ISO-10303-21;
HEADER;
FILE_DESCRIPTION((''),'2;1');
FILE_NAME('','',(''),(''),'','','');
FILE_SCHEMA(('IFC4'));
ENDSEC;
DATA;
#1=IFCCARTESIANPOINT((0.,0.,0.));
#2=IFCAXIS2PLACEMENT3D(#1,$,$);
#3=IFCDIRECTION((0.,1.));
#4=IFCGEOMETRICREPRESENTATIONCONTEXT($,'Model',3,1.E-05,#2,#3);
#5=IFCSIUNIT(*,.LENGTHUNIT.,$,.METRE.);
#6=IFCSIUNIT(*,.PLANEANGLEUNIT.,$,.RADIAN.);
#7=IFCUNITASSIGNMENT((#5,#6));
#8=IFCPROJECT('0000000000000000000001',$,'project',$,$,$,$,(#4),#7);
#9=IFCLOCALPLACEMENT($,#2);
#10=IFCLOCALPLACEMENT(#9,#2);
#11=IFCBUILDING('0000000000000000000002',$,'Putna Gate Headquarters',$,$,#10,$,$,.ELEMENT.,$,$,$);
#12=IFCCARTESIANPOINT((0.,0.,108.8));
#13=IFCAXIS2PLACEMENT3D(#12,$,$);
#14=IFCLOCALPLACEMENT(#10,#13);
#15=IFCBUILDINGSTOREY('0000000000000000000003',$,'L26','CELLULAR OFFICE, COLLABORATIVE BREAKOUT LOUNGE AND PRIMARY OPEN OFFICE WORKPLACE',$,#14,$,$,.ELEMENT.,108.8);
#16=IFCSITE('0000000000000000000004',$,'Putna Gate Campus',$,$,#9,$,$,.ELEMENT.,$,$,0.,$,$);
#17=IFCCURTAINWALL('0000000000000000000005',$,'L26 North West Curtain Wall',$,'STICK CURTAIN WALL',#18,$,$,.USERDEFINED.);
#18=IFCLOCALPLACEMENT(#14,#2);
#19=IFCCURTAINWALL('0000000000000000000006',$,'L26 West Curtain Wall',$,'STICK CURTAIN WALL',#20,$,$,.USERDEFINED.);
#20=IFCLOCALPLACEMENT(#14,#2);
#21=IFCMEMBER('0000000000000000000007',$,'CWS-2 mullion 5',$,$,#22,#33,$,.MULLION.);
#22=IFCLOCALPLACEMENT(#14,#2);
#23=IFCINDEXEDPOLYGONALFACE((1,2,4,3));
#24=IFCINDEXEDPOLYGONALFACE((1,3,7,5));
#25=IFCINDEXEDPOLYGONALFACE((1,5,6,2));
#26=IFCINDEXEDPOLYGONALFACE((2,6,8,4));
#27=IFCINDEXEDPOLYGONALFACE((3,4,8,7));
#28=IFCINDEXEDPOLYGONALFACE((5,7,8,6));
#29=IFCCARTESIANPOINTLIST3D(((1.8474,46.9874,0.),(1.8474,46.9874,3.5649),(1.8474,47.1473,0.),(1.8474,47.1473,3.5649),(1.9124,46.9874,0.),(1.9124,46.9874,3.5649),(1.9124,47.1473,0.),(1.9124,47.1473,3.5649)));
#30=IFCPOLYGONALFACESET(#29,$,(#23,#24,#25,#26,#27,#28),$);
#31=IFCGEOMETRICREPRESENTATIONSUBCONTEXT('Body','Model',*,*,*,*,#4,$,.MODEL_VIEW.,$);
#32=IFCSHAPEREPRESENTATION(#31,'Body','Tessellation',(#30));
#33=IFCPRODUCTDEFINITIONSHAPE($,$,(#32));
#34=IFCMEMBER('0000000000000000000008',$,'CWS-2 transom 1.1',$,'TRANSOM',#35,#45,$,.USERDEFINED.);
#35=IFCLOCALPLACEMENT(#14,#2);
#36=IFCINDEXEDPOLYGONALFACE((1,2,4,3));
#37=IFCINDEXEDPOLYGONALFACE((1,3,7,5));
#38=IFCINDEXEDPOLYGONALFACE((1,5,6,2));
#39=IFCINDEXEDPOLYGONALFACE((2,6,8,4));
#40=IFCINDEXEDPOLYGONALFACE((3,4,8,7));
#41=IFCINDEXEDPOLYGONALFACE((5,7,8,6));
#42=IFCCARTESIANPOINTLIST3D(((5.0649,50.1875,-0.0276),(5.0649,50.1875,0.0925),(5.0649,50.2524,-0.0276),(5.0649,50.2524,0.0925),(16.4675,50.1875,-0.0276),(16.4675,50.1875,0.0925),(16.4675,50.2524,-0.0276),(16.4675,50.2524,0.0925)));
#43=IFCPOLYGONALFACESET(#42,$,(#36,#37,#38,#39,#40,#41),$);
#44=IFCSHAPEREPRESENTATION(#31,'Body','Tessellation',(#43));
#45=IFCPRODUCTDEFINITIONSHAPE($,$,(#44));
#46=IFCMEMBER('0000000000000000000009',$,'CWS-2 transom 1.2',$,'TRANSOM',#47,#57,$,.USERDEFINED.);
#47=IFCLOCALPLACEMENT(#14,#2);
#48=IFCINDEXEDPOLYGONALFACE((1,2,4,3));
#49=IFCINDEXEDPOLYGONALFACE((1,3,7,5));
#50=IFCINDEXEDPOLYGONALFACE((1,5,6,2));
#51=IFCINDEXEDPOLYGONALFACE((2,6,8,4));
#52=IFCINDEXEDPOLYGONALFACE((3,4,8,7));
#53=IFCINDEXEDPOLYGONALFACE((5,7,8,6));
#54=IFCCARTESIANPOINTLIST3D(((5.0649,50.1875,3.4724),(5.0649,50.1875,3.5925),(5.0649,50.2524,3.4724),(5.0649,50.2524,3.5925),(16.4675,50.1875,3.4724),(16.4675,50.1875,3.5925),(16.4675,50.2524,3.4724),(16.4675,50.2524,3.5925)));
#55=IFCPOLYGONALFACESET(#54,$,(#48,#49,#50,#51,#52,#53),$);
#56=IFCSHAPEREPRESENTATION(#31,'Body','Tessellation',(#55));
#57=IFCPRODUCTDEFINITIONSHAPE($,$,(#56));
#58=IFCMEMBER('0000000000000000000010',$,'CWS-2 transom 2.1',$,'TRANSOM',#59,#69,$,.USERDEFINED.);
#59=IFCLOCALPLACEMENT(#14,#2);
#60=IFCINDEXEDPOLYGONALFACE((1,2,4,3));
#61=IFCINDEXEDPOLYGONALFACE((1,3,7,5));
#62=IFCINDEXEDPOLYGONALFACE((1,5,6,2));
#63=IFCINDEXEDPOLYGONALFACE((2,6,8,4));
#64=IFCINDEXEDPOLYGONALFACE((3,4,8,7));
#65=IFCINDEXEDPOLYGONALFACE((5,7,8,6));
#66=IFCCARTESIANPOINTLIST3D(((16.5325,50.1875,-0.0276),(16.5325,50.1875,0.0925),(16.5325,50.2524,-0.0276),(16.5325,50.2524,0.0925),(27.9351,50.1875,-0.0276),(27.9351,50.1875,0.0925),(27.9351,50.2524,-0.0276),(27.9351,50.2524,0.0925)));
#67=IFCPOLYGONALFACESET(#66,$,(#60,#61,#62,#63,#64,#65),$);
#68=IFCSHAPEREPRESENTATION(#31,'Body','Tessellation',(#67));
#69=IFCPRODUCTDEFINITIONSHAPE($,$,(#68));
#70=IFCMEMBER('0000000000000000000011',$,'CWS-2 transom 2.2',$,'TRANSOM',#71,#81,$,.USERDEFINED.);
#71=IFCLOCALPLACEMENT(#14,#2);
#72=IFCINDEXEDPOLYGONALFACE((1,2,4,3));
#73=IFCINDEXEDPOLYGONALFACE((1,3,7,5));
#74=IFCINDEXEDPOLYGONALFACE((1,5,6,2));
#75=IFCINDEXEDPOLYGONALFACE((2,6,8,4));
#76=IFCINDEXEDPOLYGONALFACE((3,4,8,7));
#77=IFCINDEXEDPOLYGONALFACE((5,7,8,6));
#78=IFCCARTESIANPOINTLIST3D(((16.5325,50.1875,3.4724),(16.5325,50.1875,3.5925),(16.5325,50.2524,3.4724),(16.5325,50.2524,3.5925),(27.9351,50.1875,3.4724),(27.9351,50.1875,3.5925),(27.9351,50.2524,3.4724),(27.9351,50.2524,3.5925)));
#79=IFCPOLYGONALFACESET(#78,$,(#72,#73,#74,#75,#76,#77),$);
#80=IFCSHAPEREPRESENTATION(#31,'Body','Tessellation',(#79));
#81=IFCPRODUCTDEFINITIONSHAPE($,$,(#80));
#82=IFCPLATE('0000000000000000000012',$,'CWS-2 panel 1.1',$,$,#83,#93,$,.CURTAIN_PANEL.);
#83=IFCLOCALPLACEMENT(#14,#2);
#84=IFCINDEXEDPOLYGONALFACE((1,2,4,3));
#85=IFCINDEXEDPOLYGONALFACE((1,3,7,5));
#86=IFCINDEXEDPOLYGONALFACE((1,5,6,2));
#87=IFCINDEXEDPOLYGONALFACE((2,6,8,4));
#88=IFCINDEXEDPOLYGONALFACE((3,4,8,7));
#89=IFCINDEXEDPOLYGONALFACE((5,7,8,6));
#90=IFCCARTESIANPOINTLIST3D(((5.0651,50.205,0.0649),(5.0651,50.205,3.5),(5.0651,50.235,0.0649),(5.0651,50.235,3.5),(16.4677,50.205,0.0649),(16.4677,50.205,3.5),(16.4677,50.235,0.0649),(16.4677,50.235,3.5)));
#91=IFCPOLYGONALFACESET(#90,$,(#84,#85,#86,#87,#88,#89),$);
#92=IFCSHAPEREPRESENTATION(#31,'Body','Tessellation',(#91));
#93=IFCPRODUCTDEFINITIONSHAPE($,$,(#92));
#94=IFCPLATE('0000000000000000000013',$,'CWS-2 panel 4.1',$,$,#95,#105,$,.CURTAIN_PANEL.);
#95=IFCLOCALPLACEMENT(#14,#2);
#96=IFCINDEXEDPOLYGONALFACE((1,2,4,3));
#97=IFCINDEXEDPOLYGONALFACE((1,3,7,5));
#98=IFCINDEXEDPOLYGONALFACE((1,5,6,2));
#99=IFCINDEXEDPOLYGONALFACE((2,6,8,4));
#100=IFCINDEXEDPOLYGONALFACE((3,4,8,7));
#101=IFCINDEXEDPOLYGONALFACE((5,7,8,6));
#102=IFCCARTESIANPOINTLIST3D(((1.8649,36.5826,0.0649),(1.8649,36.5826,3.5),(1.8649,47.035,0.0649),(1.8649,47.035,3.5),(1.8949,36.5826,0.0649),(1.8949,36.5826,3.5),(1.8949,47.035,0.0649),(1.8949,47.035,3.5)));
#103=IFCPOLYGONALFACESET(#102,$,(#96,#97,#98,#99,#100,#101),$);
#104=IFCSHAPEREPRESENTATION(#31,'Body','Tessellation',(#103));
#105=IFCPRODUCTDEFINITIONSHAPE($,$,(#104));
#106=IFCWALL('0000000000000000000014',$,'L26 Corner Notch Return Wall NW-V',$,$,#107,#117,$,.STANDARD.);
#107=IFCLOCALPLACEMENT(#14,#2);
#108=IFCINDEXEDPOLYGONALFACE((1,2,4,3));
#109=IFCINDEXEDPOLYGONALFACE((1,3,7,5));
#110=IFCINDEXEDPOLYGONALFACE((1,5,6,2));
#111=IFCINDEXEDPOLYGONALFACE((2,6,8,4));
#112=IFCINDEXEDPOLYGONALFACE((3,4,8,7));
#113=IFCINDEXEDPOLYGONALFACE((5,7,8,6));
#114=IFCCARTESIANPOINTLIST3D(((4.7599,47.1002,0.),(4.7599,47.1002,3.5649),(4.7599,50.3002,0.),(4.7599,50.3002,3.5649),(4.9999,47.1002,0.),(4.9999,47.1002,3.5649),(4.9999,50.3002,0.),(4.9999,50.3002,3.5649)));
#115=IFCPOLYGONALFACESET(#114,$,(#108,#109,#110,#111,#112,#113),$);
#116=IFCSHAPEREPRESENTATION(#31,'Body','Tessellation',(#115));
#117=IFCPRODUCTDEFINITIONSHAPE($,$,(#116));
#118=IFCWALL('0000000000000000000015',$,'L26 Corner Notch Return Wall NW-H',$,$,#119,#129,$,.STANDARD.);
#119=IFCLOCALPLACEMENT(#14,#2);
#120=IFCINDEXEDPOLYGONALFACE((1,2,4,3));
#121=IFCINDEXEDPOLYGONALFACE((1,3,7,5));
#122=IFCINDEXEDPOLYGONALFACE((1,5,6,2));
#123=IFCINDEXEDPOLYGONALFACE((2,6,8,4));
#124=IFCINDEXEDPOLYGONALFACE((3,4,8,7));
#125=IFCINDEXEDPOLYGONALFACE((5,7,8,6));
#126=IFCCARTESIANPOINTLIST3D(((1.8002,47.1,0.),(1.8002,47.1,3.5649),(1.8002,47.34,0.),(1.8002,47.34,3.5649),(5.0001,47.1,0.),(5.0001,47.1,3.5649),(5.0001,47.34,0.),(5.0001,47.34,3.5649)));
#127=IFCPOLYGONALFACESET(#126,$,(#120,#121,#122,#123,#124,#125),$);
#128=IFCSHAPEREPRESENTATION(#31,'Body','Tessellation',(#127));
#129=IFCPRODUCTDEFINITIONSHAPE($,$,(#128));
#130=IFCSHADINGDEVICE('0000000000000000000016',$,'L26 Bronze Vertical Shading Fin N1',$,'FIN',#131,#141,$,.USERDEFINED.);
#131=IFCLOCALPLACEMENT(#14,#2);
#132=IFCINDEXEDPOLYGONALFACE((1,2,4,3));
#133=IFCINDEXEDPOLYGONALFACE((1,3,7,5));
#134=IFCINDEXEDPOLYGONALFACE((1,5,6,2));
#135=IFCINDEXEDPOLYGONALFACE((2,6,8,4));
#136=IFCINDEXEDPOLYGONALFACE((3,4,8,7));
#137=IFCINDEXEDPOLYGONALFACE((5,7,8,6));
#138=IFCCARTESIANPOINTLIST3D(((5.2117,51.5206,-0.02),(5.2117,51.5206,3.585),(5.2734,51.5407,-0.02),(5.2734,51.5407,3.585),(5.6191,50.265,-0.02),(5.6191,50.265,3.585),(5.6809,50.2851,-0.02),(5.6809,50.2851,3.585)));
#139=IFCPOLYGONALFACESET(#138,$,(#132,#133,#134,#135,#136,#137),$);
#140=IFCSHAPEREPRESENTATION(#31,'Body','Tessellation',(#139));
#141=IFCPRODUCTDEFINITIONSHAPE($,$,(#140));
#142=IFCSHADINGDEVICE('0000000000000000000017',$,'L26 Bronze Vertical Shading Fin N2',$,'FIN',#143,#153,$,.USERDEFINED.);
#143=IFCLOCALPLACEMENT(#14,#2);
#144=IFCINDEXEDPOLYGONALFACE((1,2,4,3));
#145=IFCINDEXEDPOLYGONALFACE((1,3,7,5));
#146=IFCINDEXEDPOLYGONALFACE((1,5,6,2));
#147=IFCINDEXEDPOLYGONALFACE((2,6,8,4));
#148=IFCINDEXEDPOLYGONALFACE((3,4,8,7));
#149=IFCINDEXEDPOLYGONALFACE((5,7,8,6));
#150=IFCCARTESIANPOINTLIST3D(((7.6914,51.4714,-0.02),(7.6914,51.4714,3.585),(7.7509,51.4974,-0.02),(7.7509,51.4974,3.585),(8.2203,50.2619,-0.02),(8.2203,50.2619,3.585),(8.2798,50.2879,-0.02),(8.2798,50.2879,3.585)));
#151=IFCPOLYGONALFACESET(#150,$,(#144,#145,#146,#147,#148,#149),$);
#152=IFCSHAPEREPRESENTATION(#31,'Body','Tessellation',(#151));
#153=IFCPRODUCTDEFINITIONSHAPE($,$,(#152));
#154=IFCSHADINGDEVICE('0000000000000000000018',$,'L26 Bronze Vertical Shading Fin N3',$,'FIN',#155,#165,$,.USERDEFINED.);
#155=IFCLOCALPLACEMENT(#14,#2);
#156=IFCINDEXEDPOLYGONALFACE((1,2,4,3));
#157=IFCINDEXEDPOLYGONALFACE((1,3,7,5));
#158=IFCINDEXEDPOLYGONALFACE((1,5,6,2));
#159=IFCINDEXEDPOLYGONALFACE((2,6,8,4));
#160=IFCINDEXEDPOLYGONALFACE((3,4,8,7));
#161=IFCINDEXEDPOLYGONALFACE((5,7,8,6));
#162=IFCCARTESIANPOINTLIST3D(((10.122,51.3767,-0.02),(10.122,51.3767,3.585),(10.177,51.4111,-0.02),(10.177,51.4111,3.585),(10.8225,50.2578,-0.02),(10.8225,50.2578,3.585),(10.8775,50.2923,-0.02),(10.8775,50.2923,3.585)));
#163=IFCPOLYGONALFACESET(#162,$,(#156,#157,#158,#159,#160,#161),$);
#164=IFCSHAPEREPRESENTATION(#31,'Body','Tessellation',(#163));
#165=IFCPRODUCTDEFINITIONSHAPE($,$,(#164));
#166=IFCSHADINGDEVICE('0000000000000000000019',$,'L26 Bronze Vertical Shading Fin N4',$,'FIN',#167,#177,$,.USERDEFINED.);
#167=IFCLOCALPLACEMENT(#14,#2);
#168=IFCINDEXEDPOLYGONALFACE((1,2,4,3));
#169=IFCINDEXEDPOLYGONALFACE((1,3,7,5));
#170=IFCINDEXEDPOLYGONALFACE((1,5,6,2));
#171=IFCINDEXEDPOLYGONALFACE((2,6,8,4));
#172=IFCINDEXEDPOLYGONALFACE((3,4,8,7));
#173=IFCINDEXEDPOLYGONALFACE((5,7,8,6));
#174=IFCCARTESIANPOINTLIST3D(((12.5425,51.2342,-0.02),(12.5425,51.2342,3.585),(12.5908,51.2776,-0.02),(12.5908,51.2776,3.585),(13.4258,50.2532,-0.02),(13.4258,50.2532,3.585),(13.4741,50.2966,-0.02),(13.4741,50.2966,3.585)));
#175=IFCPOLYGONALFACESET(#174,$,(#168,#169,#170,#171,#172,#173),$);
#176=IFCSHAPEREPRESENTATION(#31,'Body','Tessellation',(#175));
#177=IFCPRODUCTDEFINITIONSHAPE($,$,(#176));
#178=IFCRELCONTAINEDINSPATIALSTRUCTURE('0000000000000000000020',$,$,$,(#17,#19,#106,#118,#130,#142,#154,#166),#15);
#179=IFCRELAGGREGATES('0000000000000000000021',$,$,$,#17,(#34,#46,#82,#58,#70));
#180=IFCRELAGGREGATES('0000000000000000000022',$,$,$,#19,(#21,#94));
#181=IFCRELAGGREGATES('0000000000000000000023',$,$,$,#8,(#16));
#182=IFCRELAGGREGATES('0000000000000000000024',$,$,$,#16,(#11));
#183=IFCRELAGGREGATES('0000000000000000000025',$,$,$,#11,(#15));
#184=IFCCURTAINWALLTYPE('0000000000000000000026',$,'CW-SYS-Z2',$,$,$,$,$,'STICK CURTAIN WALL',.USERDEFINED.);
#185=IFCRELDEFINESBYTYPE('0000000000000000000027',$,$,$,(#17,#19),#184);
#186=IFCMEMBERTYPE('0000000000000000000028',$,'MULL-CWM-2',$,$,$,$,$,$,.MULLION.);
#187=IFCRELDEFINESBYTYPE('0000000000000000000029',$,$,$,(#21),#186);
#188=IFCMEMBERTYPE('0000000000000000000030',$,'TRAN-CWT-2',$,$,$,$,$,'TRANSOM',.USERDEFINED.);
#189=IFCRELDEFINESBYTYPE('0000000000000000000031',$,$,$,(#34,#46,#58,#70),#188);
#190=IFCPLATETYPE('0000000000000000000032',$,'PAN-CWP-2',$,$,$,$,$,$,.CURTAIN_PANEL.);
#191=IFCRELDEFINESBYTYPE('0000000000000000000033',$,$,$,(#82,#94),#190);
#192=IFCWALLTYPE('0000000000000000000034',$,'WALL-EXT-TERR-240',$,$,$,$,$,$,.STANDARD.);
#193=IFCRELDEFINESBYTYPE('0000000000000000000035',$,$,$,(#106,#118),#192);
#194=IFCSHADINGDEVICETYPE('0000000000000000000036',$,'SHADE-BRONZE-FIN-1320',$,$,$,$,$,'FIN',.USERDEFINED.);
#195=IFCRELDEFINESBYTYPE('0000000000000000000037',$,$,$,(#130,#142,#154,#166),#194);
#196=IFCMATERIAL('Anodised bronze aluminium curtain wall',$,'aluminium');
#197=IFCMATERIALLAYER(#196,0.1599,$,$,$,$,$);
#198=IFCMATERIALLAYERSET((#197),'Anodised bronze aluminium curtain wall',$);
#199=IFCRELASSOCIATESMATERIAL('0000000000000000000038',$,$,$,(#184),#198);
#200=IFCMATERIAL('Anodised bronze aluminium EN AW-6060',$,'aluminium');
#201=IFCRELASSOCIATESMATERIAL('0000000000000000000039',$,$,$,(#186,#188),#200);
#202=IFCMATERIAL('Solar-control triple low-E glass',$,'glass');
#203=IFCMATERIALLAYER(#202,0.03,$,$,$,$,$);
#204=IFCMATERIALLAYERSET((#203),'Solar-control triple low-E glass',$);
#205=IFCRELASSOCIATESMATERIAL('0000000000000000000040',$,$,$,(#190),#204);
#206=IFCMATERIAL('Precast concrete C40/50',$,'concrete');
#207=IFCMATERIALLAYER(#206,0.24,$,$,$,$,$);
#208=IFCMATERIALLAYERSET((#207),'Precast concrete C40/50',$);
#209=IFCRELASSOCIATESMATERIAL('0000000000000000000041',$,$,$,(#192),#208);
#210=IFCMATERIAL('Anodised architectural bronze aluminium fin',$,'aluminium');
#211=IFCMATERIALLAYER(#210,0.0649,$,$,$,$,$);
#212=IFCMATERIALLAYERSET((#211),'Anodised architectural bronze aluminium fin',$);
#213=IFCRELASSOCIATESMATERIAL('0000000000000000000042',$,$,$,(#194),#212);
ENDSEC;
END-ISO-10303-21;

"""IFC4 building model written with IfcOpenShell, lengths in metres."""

from ifc_helpers import new_model, si_unit, direction, frame, frame_2d, origin, origin_2d, place, context, subcontext, project, spatial, rectangle, extrude, material, layer, layer_set, material_profile, profile_set, type_object, element, aggregate, save


model = new_model("IFC4")

# Units and contexts
model_context = context("Model", 3, precision=1e-05, world=origin(), true_north=direction((0.0, 1.0)))
body_context = subcontext(model_context, "Body", "Model", "MODEL_VIEW")
ifc_project = project(units=[si_unit("LENGTHUNIT", "METRE"), si_unit("PLANEANGLEUNIT", "RADIAN")], contexts=[model_context])

# Site, building, storey
site_placement = place(None, origin())
site = spatial("IfcSite", under=ifc_project, at=site_placement, Name="Putna Gate Campus", CompositionType="ELEMENT", RefElevation=0.0)
building_placement = place(site_placement, origin())
building = spatial("IfcBuilding", under=site, at=building_placement, Name="Putna Gate Headquarters", CompositionType="ELEMENT")
storey_placement = place(building_placement, frame((0.0, 0.0, 108.8)))
storey = spatial("IfcBuildingStorey", under=building, at=storey_placement, Name="L26", Description="CELLULAR OFFICE, COLLABORATIVE BREAKOUT LOUNGE AND PRIMARY OPEN OFFICE WORKPLACE", CompositionType="ELEMENT", Elevation=108.8)

# Curtain wall
ifc_material_1 = material(Name="Anodised bronze aluminium curtain wall", Category="aluminium")
ifc_layer_1 = layer(ifc_material_1, 0.1599)
ifc_layer_set_1 = layer_set([ifc_layer_1], Name="Anodised bronze aluminium curtain wall")
curtain_wall_type = type_object("IfcCurtainWallType", Name="CW-SYS-Z2", ElementType="STICK CURTAIN WALL", PredefinedType="USERDEFINED", material=ifc_layer_set_1)
curtain_wall_1_placement = place(storey_placement, origin())
curtain_wall_1 = element("IfcCurtainWall", 1, at=curtain_wall_1_placement, inside=storey, type_object=curtain_wall_type, Name="L26 North West Curtain Wall", ObjectType="STICK CURTAIN WALL", PredefinedType="USERDEFINED")
ifc_material_2 = material(Name="Anodised bronze aluminium EN AW-6060", Category="aluminium")
ifc_material_profile_1 = material_profile(ifc_material_2, rectangle(XDim=0.0649, YDim=0.1599, at=origin_2d()), Name="Anodised bronze aluminium EN AW-6060")
ifc_profile_set_1 = profile_set([ifc_material_profile_1], Name="Anodised bronze aluminium EN AW-6060")
member_type_1 = type_object("IfcMemberType", Name="MULL-CWM-2", PredefinedType="MULLION", material=ifc_profile_set_1)

# Curtain wall, member
curtain_wall_2_placement = place(storey_placement, origin())
curtain_wall_2 = element("IfcCurtainWall", 2, at=curtain_wall_2_placement, inside=storey, type_object=curtain_wall_type, Name="L26 West Curtain Wall", ObjectType="STICK CURTAIN WALL", PredefinedType="USERDEFINED")
member_1_placement = place(storey_placement, frame((1.8799, 47.0674, 0.0), z_axis=(0.0, 0.0, 1.0), x_axis=(-1.0, 0.0, 0.0)))
member_1 = element("IfcMember", 3, at=member_1_placement, type_object=member_type_1, Name="CWS-2 mullion 5", PredefinedType="MULLION", context=body_context, shape_type="SweptSolid", body=[
    extrude(rectangle(XDim=0.0649, YDim=0.1599, at=origin_2d()), origin(), (0.0, 0.0, 1.0), 3.5649),
])

# Members
ifc_material_profile_2 = material_profile(ifc_material_2, rectangle(XDim=0.0649, YDim=0.1201, at=origin_2d()), Name="Anodised bronze aluminium EN AW-6060")
ifc_profile_set_2 = profile_set([ifc_material_profile_2], Name="Anodised bronze aluminium EN AW-6060")
member_type_2 = type_object("IfcMemberType", Name="TRAN-CWT-2", ElementType="TRANSOM", PredefinedType="USERDEFINED", material=ifc_profile_set_2)
member_2_placement = place(storey_placement, frame((5.0649, 50.22, 0.0325), z_axis=(1.0, 0.0, 0.0), x_axis=(0.0, 1.0, 0.0)))
member_2 = element("IfcMember", 4, at=member_2_placement, type_object=member_type_2, Name="CWS-2 transom 1.1", ObjectType="TRANSOM", PredefinedType="USERDEFINED", context=body_context, shape_type="SweptSolid", body=[
    extrude(rectangle(XDim=0.0649, YDim=0.1201, at=origin_2d()), origin(), (0.0, 0.0, 1.0), 11.4026),
])
member_3_placement = place(storey_placement, frame((5.0649, 50.22, 3.5325), z_axis=(1.0, 0.0, 0.0), x_axis=(0.0, 1.0, 0.0)))
member_3 = element("IfcMember", 5, at=member_3_placement, type_object=member_type_2, Name="CWS-2 transom 1.2", ObjectType="TRANSOM", PredefinedType="USERDEFINED", context=body_context, shape_type="SweptSolid", body=[
    extrude(rectangle(XDim=0.0649, YDim=0.1201, at=origin_2d()), origin(), (0.0, 0.0, 1.0), 11.4026),
])
member_4_placement = place(storey_placement, frame((16.5325, 50.22, 0.0325), z_axis=(1.0, 0.0, 0.0), x_axis=(0.0, 1.0, 0.0)))
member_4 = element("IfcMember", 6, at=member_4_placement, type_object=member_type_2, Name="CWS-2 transom 2.1", ObjectType="TRANSOM", PredefinedType="USERDEFINED", context=body_context, shape_type="SweptSolid", body=[
    extrude(rectangle(XDim=0.0649, YDim=0.1201, at=origin_2d()), origin(), (0.0, 0.0, 1.0), 11.4026),
])
member_5_placement = place(storey_placement, frame((16.5325, 50.22, 3.5325), z_axis=(1.0, 0.0, 0.0), x_axis=(0.0, 1.0, 0.0)))
member_5 = element("IfcMember", 7, at=member_5_placement, type_object=member_type_2, Name="CWS-2 transom 2.2", ObjectType="TRANSOM", PredefinedType="USERDEFINED", context=body_context, shape_type="SweptSolid", body=[
    extrude(rectangle(XDim=0.0649, YDim=0.1201, at=origin_2d()), origin(), (0.0, 0.0, 1.0), 11.4026),
])

# Plates
ifc_material_3 = material(Name="Solar-control triple low-E glass", Category="glass")
ifc_layer_2 = layer(ifc_material_3, 0.03)
ifc_layer_set_2 = layer_set([ifc_layer_2], Name="Solar-control triple low-E glass")
plate_type = type_object("IfcPlateType", Name="PAN-CWP-2", PredefinedType="CURTAIN_PANEL", material=ifc_layer_set_2)
plate_1_placement = place(storey_placement, frame((10.7664, 50.22, 0.0649), z_axis=(0.0, 0.0, 1.0), x_axis=(1.0, 0.0, 0.0)))
plate_1 = element("IfcPlate", 8, at=plate_1_placement, type_object=plate_type, Name="CWS-2 panel 1.1", PredefinedType="CURTAIN_PANEL", context=body_context, shape_type="SweptSolid", body=[
    extrude(rectangle(XDim=11.4026, YDim=0.03, at=origin_2d()), origin(), (0.0, 0.0, 1.0), 3.4351),
])
aggregate(curtain_wall_1, [member_2, member_3, plate_1, member_4, member_5])
plate_2_placement = place(storey_placement, frame((1.8799, 41.8088, 0.0649), z_axis=(0.0, 0.0, 1.0), x_axis=(0.0, 1.0, 0.0)))
plate_2 = element("IfcPlate", 9, at=plate_2_placement, type_object=plate_type, Name="CWS-2 panel 4.1", PredefinedType="CURTAIN_PANEL", context=body_context, shape_type="SweptSolid", body=[
    extrude(rectangle(XDim=10.4524, YDim=0.03, at=origin_2d()), origin(), (0.0, 0.0, 1.0), 3.4351),
])
aggregate(curtain_wall_2, [member_1, plate_2])

# Walls
ifc_material_4 = material(Name="Precast concrete C40/50", Category="concrete")
ifc_layer_3 = layer(ifc_material_4, 0.24)
ifc_layer_set_3 = layer_set([ifc_layer_3], Name="Precast concrete C40/50")
wall_type = type_object("IfcWallType", Name="WALL-EXT-TERR-240", PredefinedType="STANDARD", material=ifc_layer_set_3)
for number, where, z_axis, x_axis, name in (
    (10, (4.8799, 47.1001, 0.0), (0.0, 0.0, 1.0), (0.0, 1.0, 0.0), "L26 Corner Notch Return Wall NW-V"),
    (11, (1.8, 47.22, 0.0), (0.0, 0.0, 1.0), (1.0, 0.0, 0.0), "L26 Corner Notch Return Wall NW-H"),
):
    element("IfcWall", number, at=place(storey_placement, frame(where, z_axis=z_axis, x_axis=x_axis)), inside=storey, type_object=wall_type, Name=name, PredefinedType="STANDARD", context=body_context, shape_type="SweptSolid", body=[
        extrude(rectangle(XDim=3.2, YDim=0.24, at=frame_2d((1.6001, 0.0))), origin(), (0.0, 0.0, 1.0), 3.5649),
    ])

# Shading devices
ifc_material_5 = material(Name="Anodised architectural bronze aluminium fin", Category="aluminium")
ifc_layer_4 = layer(ifc_material_5, 0.0649)
ifc_layer_set_4 = layer_set([ifc_layer_4], Name="Anodised architectural bronze aluminium fin")
shading_device_type = type_object("IfcShadingDeviceType", Name="SHADE-BRONZE-FIN-1320", ElementType="FIN", PredefinedType="USERDEFINED", material=ifc_layer_set_4)
for number, where, z_axis, x_axis, name in (
    (12, (5.4463, 50.9028, -0.02), (0.0, 0.0, 1.0), (-0.308685, 0.951164, 0.0), "L26 Bronze Vertical Shading Fin N1"),
    (13, (7.9856, 50.8796, -0.02), (0.0, 0.0, 1.0), (-0.400669, 0.916223, 0.0), "L26 Bronze Vertical Shading Fin N2"),
    (14, (10.4998, 50.8345, -0.02), (0.0, 0.0, 1.0), (-0.530659, 0.847585, 0.0), "L26 Bronze Vertical Shading Fin N3"),
    (15, (13.0083, 50.7654, -0.02), (0.0, 0.0, 1.0), (-0.669131, 0.743145, 0.0), "L26 Bronze Vertical Shading Fin N4"),
):
    element("IfcShadingDevice", number, at=place(storey_placement, frame(where, z_axis=z_axis, x_axis=x_axis)), inside=storey, type_object=shading_device_type, Name=name, ObjectType="FIN", PredefinedType="USERDEFINED", context=body_context, shape_type="SweptSolid", body=[
        extrude(rectangle(XDim=1.3201, YDim=0.0649, at=origin_2d()), origin(), (0.0, 0.0, 1.0), 3.605),
    ])

save(model, "model.ifc")
